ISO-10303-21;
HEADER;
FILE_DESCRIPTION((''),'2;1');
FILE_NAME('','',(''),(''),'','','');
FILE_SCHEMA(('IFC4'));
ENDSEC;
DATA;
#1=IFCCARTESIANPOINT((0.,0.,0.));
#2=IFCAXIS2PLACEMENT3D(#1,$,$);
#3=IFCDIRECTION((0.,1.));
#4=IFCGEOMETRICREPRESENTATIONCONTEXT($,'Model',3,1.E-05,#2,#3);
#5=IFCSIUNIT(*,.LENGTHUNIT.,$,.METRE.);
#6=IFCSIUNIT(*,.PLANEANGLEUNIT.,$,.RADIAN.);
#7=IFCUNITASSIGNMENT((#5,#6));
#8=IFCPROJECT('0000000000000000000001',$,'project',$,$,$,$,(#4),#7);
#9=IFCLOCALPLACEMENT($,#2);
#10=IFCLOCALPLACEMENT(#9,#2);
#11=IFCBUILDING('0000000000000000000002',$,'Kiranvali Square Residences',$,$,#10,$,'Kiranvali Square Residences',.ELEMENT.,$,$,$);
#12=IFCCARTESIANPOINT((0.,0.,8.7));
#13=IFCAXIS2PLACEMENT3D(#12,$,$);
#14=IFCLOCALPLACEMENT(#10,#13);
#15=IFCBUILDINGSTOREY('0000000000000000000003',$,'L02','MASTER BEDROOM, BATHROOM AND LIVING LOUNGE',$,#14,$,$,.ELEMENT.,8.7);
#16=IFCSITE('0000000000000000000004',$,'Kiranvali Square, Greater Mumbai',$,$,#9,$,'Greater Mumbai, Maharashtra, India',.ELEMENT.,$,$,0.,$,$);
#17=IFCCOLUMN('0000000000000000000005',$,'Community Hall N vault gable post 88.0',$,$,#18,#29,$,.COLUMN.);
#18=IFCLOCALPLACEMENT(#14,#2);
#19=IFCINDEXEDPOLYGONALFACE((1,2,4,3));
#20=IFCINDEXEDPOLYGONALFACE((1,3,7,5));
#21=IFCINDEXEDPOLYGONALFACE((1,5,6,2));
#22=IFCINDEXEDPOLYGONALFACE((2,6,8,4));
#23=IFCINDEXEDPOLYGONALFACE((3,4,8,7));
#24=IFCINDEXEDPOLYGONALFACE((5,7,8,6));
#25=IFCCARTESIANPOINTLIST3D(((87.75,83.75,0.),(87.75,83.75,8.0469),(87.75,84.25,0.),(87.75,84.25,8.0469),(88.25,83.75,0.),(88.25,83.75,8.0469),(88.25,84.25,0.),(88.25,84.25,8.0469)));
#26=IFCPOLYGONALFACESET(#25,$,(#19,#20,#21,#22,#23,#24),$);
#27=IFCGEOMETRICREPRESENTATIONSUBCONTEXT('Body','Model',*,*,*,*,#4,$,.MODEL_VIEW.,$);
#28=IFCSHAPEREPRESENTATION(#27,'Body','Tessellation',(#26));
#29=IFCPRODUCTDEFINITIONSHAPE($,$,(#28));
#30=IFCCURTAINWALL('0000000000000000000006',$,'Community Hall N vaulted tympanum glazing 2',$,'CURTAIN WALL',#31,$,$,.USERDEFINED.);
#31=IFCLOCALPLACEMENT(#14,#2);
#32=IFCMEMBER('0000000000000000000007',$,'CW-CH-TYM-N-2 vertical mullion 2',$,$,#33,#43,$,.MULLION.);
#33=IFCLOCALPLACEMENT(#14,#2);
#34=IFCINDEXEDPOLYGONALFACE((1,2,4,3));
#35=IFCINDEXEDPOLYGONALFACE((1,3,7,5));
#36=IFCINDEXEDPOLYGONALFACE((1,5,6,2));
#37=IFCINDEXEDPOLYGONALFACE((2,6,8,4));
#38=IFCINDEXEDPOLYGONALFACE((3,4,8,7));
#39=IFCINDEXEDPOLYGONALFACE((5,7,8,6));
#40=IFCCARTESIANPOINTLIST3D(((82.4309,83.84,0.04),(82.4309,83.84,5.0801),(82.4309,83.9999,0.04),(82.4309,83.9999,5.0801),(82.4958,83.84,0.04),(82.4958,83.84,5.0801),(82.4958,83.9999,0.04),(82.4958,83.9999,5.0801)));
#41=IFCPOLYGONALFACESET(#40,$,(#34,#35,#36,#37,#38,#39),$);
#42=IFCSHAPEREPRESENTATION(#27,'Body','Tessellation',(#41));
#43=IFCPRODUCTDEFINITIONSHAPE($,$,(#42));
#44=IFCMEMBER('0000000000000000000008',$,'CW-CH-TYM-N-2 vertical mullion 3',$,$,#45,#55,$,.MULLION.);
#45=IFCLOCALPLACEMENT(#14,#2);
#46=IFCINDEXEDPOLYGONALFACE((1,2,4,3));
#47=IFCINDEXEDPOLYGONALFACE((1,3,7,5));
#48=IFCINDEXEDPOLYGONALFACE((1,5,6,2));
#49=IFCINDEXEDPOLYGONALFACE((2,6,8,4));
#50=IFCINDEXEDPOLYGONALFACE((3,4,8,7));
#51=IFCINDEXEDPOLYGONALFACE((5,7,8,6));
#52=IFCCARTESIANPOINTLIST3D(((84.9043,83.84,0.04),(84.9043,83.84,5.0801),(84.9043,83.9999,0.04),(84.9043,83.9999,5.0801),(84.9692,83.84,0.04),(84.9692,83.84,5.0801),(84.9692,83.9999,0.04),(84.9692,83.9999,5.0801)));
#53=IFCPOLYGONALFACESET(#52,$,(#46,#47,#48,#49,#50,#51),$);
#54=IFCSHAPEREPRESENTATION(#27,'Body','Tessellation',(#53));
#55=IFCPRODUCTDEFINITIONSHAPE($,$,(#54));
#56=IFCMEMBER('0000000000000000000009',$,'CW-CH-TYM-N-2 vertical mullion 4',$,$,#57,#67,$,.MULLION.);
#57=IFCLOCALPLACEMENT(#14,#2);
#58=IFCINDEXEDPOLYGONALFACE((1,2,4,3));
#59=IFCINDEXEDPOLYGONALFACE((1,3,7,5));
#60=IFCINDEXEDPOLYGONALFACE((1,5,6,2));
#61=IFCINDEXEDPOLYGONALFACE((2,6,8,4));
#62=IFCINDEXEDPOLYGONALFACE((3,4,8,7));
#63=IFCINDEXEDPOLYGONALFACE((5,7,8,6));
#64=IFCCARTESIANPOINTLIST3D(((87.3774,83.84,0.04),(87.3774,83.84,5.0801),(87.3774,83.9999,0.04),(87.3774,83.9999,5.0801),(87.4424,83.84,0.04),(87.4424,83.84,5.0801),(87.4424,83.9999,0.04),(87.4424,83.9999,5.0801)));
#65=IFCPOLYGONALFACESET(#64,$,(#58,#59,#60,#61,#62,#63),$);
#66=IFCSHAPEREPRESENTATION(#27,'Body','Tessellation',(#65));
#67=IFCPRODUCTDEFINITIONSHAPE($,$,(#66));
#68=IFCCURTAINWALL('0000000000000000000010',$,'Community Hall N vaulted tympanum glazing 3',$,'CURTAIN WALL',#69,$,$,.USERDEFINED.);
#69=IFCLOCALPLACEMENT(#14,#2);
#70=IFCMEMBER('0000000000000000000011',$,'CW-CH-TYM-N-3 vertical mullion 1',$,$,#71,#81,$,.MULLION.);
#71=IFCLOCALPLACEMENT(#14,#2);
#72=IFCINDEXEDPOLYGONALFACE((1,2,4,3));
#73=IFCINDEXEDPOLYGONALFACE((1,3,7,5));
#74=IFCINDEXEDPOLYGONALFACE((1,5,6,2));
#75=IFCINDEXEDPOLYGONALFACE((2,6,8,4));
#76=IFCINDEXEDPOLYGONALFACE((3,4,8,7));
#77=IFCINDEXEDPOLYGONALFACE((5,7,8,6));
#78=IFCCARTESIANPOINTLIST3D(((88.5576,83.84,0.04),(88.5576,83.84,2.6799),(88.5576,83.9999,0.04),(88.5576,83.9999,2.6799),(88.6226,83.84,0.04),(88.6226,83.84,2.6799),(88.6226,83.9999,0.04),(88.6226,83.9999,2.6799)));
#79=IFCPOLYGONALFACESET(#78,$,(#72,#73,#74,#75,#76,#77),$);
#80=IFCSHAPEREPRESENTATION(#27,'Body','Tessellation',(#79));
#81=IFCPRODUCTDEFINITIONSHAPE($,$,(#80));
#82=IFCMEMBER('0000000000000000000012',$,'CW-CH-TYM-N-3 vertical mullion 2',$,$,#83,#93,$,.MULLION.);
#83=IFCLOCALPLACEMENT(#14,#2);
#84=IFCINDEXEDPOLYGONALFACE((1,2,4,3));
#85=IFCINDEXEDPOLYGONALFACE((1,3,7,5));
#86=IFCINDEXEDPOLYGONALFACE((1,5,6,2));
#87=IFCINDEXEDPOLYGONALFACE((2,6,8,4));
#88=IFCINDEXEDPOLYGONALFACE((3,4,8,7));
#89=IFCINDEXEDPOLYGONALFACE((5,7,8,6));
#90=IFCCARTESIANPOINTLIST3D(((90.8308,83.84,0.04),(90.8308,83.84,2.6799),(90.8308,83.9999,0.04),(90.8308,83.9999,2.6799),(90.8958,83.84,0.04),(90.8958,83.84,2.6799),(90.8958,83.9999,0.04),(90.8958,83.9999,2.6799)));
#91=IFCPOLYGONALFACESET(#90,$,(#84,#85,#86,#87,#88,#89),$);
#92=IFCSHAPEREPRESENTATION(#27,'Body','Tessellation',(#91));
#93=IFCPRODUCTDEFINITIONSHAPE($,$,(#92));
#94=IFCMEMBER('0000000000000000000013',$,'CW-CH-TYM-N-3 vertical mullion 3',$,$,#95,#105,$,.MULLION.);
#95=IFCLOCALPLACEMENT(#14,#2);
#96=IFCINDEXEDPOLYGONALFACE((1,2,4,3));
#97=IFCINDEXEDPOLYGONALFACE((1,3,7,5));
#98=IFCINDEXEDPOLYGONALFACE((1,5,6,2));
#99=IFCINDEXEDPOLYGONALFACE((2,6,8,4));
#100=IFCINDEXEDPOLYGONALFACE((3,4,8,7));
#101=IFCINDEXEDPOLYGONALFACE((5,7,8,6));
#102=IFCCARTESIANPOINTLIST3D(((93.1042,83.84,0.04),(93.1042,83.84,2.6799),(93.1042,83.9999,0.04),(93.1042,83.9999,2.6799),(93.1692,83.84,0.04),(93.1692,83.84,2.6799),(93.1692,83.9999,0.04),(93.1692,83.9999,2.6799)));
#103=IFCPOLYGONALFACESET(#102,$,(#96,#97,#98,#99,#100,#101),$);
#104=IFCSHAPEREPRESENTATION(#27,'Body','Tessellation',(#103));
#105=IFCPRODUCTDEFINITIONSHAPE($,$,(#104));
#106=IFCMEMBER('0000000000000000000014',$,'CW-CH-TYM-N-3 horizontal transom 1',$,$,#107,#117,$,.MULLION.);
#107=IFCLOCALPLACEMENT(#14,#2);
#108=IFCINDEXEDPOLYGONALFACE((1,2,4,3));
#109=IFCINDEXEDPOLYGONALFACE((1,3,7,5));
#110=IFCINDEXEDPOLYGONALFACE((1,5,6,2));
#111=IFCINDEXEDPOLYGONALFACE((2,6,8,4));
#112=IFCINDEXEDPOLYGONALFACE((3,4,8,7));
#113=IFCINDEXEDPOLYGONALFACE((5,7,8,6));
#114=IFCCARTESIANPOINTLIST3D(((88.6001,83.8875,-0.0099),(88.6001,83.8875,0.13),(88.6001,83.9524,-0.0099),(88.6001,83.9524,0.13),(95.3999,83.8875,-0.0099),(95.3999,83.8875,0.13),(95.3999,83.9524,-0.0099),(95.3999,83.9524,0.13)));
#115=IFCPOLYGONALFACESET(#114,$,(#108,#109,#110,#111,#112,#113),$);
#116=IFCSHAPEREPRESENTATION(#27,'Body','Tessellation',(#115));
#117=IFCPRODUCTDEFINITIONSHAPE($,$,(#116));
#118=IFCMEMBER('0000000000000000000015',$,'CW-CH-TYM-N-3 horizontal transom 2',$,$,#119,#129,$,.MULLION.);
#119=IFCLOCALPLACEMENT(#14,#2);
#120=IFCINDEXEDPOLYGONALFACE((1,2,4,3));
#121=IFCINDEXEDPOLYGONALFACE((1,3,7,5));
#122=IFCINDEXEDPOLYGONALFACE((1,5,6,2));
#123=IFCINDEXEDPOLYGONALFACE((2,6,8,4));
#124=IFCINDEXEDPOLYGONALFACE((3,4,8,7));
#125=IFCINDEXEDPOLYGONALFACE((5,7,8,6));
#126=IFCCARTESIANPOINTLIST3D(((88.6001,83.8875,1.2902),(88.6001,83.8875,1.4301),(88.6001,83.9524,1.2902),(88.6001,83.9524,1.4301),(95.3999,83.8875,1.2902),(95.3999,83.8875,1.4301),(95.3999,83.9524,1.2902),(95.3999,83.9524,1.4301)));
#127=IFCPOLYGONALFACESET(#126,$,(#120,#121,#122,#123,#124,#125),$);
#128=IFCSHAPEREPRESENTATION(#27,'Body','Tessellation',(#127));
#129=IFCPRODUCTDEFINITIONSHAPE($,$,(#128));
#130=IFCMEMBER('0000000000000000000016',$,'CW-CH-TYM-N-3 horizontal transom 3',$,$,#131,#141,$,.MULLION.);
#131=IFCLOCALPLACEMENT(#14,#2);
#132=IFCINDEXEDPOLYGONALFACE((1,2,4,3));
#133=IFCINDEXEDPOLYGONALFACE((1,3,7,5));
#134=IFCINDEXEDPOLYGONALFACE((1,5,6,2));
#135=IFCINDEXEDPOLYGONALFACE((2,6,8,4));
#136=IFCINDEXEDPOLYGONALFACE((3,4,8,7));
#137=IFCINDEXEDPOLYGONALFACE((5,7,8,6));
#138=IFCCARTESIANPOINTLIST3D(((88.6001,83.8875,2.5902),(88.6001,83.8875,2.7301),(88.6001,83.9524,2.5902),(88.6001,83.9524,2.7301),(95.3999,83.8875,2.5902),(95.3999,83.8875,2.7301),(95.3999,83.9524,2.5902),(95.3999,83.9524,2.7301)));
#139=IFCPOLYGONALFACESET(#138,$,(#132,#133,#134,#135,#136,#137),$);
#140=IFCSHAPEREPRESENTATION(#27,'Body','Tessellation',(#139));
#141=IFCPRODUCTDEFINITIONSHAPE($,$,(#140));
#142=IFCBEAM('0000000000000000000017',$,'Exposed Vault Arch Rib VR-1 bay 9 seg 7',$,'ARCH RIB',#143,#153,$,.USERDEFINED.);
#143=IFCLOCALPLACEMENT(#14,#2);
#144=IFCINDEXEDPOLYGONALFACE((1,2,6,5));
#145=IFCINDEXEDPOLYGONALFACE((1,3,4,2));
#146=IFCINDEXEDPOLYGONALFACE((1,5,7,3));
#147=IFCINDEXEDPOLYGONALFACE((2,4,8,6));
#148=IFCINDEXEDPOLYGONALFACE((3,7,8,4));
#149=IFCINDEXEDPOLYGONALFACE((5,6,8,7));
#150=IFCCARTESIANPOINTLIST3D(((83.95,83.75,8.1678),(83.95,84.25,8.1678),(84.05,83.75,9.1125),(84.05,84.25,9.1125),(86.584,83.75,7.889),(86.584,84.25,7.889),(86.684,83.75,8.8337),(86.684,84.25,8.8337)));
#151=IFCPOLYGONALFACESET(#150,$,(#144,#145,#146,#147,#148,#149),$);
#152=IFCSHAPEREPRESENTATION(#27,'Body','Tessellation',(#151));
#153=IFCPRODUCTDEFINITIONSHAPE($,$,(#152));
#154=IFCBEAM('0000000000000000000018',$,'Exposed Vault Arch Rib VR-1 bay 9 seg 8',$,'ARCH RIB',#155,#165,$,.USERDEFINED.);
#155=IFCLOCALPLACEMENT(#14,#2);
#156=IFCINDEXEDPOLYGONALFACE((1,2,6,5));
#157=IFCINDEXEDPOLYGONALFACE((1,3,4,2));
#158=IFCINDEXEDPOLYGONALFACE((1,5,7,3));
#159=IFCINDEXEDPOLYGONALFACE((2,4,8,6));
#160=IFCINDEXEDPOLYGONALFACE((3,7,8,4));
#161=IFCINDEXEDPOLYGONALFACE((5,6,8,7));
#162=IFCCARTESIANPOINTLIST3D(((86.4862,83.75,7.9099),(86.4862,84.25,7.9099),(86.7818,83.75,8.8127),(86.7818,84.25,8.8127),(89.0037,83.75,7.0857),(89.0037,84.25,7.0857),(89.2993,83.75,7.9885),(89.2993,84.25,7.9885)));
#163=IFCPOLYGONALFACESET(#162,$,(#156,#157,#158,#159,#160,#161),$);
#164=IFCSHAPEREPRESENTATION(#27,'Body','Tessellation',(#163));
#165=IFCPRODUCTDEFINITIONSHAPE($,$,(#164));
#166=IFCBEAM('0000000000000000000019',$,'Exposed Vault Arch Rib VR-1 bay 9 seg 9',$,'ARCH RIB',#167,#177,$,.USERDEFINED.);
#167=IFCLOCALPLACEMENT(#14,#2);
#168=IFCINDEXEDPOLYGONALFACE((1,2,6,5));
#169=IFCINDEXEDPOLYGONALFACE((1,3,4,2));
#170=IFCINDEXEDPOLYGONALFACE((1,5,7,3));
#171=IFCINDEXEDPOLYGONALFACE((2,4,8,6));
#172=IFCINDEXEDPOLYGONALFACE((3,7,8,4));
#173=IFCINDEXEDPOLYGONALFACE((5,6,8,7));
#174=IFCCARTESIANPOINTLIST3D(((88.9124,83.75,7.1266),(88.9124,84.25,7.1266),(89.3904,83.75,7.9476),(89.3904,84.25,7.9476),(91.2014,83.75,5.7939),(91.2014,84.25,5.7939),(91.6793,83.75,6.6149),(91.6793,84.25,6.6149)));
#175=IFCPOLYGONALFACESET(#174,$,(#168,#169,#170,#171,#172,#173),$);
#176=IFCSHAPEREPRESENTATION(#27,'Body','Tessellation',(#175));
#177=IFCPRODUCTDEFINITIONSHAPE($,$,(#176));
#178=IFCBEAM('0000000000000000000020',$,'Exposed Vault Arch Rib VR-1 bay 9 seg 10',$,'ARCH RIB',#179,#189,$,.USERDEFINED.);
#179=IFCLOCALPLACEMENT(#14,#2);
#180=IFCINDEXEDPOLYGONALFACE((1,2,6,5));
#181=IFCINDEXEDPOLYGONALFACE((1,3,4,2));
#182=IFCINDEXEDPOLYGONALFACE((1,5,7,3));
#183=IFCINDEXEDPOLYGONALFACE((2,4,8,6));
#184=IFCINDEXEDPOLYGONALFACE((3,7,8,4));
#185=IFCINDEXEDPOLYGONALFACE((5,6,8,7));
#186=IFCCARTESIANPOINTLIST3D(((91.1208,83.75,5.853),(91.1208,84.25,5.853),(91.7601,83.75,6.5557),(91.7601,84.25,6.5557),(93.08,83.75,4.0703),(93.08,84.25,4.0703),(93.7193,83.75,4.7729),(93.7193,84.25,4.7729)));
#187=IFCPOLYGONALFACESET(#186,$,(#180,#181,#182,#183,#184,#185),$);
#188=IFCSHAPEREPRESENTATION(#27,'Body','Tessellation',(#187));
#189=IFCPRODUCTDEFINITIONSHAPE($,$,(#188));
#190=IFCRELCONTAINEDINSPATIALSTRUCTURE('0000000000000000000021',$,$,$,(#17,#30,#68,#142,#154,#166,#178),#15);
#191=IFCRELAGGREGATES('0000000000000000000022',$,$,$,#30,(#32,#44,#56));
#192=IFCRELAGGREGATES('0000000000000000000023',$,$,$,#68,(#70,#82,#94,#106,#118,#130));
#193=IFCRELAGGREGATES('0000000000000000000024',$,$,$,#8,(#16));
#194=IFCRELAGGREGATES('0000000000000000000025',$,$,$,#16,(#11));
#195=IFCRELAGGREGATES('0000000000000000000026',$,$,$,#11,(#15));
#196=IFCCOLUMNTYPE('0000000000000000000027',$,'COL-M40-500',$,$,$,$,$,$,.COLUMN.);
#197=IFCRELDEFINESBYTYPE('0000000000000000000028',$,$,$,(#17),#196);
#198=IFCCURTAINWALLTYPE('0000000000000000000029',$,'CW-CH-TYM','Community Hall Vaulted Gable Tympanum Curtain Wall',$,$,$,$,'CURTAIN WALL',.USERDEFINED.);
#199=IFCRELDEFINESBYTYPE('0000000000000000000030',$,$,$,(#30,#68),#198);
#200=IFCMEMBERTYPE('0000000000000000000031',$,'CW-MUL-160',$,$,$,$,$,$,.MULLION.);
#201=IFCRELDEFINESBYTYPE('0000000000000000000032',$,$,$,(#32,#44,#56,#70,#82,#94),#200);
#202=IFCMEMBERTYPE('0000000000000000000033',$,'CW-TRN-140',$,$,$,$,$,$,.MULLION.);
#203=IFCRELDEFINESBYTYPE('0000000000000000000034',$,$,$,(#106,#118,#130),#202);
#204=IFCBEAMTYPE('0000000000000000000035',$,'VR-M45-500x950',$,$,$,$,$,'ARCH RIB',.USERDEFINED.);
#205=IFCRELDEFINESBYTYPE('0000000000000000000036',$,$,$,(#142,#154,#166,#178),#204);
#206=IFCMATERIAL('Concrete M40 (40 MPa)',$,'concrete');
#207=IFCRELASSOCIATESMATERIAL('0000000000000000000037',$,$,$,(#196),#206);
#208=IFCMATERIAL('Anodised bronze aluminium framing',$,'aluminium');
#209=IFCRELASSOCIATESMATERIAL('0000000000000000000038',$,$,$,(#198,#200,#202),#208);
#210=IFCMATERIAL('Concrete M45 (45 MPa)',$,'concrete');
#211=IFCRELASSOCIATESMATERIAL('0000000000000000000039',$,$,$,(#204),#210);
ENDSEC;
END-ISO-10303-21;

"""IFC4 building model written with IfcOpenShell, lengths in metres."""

from ifc_helpers import new_model, si_unit, direction, frame, origin, origin_2d, place, context, subcontext, project, spatial, rectangle, extrude, material, material_profile, profile_set, type_object, element, aggregate, save


model = new_model("IFC4")

# Units and contexts
model_context = context("Model", 3, precision=1e-05, world=origin(), true_north=direction((0.0, 1.0)))
body_context = subcontext(model_context, "Body", "Model", "MODEL_VIEW")
ifc_project = project(units=[si_unit("LENGTHUNIT", "METRE"), si_unit("PLANEANGLEUNIT", "RADIAN")], contexts=[model_context])

# Site, building, storey
site_placement = place(None, origin())
site = spatial("IfcSite", under=ifc_project, at=site_placement, Name="Kiranvali Square, Greater Mumbai", LongName="Greater Mumbai, Maharashtra, India", CompositionType="ELEMENT", RefElevation=0.0)
building_placement = place(site_placement, origin())
building = spatial("IfcBuilding", under=site, at=building_placement, Name="Kiranvali Square Residences", LongName="Kiranvali Square Residences", CompositionType="ELEMENT")
storey_placement = place(building_placement, frame((0.0, 0.0, 8.7)))
storey = spatial("IfcBuildingStorey", under=building, at=storey_placement, Name="L02", Description="MASTER BEDROOM, BATHROOM AND LIVING LOUNGE", CompositionType="ELEMENT", Elevation=8.7)

# Column
ifc_material_1 = material(Name="Concrete M40 (40 MPa)", Category="concrete")
ifc_material_profile_1 = material_profile(ifc_material_1, rectangle(XDim=0.5, YDim=0.5, at=origin_2d()), Name="RC 500x500")
ifc_profile_set_1 = profile_set([ifc_material_profile_1], Name="Concrete M40 (40 MPa)")
column_type = type_object("IfcColumnType", Name="COL-M40-500", PredefinedType="COLUMN", material=ifc_profile_set_1)
column_placement = place(storey_placement, frame((88.0, 84.0, 0.0), z_axis=(0.0, 0.0, 1.0), x_axis=(1.0, 0.0, 0.0)))
element("IfcColumn", 1, at=column_placement, inside=storey, type_object=column_type, Name="Community Hall N vault gable post 88.0", PredefinedType="COLUMN", context=body_context, shape_type="SweptSolid", body=[
    extrude(rectangle(XDim=0.5, YDim=0.5, at=origin_2d()), origin(), (0.0, 0.0, 1.0), 8.0469),
])

# Curtain walls, members
ifc_material_2 = material(Name="Anodised bronze aluminium framing", Category="aluminium")
curtain_wall_type = type_object("IfcCurtainWallType", Name="CW-CH-TYM", Description="Community Hall Vaulted Gable Tympanum Curtain Wall", ElementType="CURTAIN WALL", PredefinedType="USERDEFINED", material=ifc_material_2)
curtain_wall_1_placement = place(storey_placement, origin())
curtain_wall_1 = element("IfcCurtainWall", 2, at=curtain_wall_1_placement, inside=storey, type_object=curtain_wall_type, Name="Community Hall N vaulted tympanum glazing 2", ObjectType="CURTAIN WALL", PredefinedType="USERDEFINED")
ifc_material_profile_2 = material_profile(ifc_material_2, rectangle(XDim=0.0649, YDim=0.1599, at=origin_2d()), Name="ALU 65x160")
ifc_profile_set_2 = profile_set([ifc_material_profile_2], Name="Anodised bronze aluminium framing")
member_type_1 = type_object("IfcMemberType", Name="CW-MUL-160", PredefinedType="MULLION", material=ifc_profile_set_2)
member_1_placement = place(storey_placement, frame((82.4634, 83.9199, 0.04), z_axis=(0.0, 0.0, 1.0), x_axis=(1.0, 0.0, 0.0)))
member_1 = element("IfcMember", 3, at=member_1_placement, type_object=member_type_1, Name="CW-CH-TYM-N-2 vertical mullion 2", PredefinedType="MULLION", context=body_context, shape_type="SweptSolid", body=[
    extrude(rectangle(XDim=0.0649, YDim=0.1599, at=origin_2d()), origin(), (0.0, 0.0, 1.0), 5.04),
])
member_2_placement = place(storey_placement, frame((84.9368, 83.9199, 0.04), z_axis=(0.0, 0.0, 1.0), x_axis=(1.0, 0.0, 0.0)))
member_2 = element("IfcMember", 4, at=member_2_placement, type_object=member_type_1, Name="CW-CH-TYM-N-2 vertical mullion 3", PredefinedType="MULLION", context=body_context, shape_type="SweptSolid", body=[
    extrude(rectangle(XDim=0.0649, YDim=0.1599, at=origin_2d()), origin(), (0.0, 0.0, 1.0), 5.04),
])
member_3_placement = place(storey_placement, frame((87.4099, 83.9199, 0.04), z_axis=(0.0, 0.0, 1.0), x_axis=(1.0, 0.0, 0.0)))
member_3 = element("IfcMember", 5, at=member_3_placement, type_object=member_type_1, Name="CW-CH-TYM-N-2 vertical mullion 4", PredefinedType="MULLION", context=body_context, shape_type="SweptSolid", body=[
    extrude(rectangle(XDim=0.0649, YDim=0.1599, at=origin_2d()), origin(), (0.0, 0.0, 1.0), 5.04),
])
curtain_wall_2_placement = place(storey_placement, origin())
curtain_wall_2 = element("IfcCurtainWall", 6, at=curtain_wall_2_placement, inside=storey, type_object=curtain_wall_type, Name="Community Hall N vaulted tympanum glazing 3", ObjectType="CURTAIN WALL", PredefinedType="USERDEFINED")
member_4_placement = place(storey_placement, frame((88.5901, 83.9199, 0.04), z_axis=(0.0, 0.0, 1.0), x_axis=(1.0, 0.0, 0.0)))
member_4 = element("IfcMember", 7, at=member_4_placement, type_object=member_type_1, Name="CW-CH-TYM-N-3 vertical mullion 1", PredefinedType="MULLION", context=body_context, shape_type="SweptSolid", body=[
    extrude(rectangle(XDim=0.0649, YDim=0.1599, at=origin_2d()), origin(), (0.0, 0.0, 1.0), 2.6399),
])
member_5_placement = place(storey_placement, frame((90.8633, 83.9199, 0.04), z_axis=(0.0, 0.0, 1.0), x_axis=(1.0, 0.0, 0.0)))
member_5 = element("IfcMember", 8, at=member_5_placement, type_object=member_type_1, Name="CW-CH-TYM-N-3 vertical mullion 2", PredefinedType="MULLION", context=body_context, shape_type="SweptSolid", body=[
    extrude(rectangle(XDim=0.0649, YDim=0.1599, at=origin_2d()), origin(), (0.0, 0.0, 1.0), 2.6399),
])
member_6_placement = place(storey_placement, frame((93.1367, 83.9199, 0.04), z_axis=(0.0, 0.0, 1.0), x_axis=(1.0, 0.0, 0.0)))
member_6 = element("IfcMember", 9, at=member_6_placement, type_object=member_type_1, Name="CW-CH-TYM-N-3 vertical mullion 3", PredefinedType="MULLION", context=body_context, shape_type="SweptSolid", body=[
    extrude(rectangle(XDim=0.0649, YDim=0.1599, at=origin_2d()), origin(), (0.0, 0.0, 1.0), 2.6399),
])
ifc_material_profile_3 = material_profile(ifc_material_2, rectangle(XDim=0.0649, YDim=0.1399, at=origin_2d()), Name="ALU 65x140")
ifc_profile_set_3 = profile_set([ifc_material_profile_3], Name="Anodised bronze aluminium framing")
member_type_2 = type_object("IfcMemberType", Name="CW-TRN-140", PredefinedType="MULLION", material=ifc_profile_set_3)
member_7_placement = place(storey_placement, frame((88.6001, 83.9199, 0.0601), z_axis=(1.0, 0.0, 0.0), x_axis=(0.0, 1.0, 0.0)))
member_7 = element("IfcMember", 10, at=member_7_placement, type_object=member_type_2, Name="CW-CH-TYM-N-3 horizontal transom 1", PredefinedType="MULLION", context=body_context, shape_type="SweptSolid", body=[
    extrude(rectangle(XDim=0.0649, YDim=0.1399, at=origin_2d()), origin(), (0.0, 0.0, 1.0), 6.7998),
])
member_8_placement = place(storey_placement, frame((88.6001, 83.9199, 1.3601), z_axis=(1.0, 0.0, 0.0), x_axis=(0.0, 1.0, 0.0)))
member_8 = element("IfcMember", 11, at=member_8_placement, type_object=member_type_2, Name="CW-CH-TYM-N-3 horizontal transom 2", PredefinedType="MULLION", context=body_context, shape_type="SweptSolid", body=[
    extrude(rectangle(XDim=0.0649, YDim=0.1399, at=origin_2d()), origin(), (0.0, 0.0, 1.0), 6.7998),
])
member_9_placement = place(storey_placement, frame((88.6001, 83.9199, 2.6602), z_axis=(1.0, 0.0, 0.0), x_axis=(0.0, 1.0, 0.0)))
member_9 = element("IfcMember", 12, at=member_9_placement, type_object=member_type_2, Name="CW-CH-TYM-N-3 horizontal transom 3", PredefinedType="MULLION", context=body_context, shape_type="SweptSolid", body=[
    extrude(rectangle(XDim=0.0649, YDim=0.1399, at=origin_2d()), origin(), (0.0, 0.0, 1.0), 6.7998),
])

# Beams
ifc_material_3 = material(Name="Concrete M45 (45 MPa)", Category="concrete")
ifc_material_profile_4 = material_profile(ifc_material_3, rectangle(XDim=0.5, YDim=0.95, at=origin_2d()), Name="RC 500x950")
ifc_profile_set_4 = profile_set([ifc_material_profile_4], Name="Concrete M45 (45 MPa)")
beam_type = type_object("IfcBeamType", Name="VR-M45-500x950", ElementType="ARCH RIB", PredefinedType="USERDEFINED", material=ifc_profile_set_4)
beam_1_placement = place(storey_placement, frame((84.0, 84.0, 8.6401), z_axis=(0.994445, 0.0, -0.105261), x_axis=(0.0, 1.0, 0.0)))
element("IfcBeam", 13, at=beam_1_placement, inside=storey, type_object=beam_type, Name="Exposed Vault Arch Rib VR-1 bay 9 seg 7", ObjectType="ARCH RIB", PredefinedType="USERDEFINED", context=body_context, shape_type="SweptSolid", body=[
    extrude(rectangle(XDim=0.5, YDim=0.95, at=origin_2d()), origin(), (0.0, 0.0, 1.0), 2.6487),
])
beam_2_placement = place(storey_placement, frame((86.634, 84.0, 8.3613), z_axis=(0.950356, 0.0, -0.311163), x_axis=(0.0, 1.0, 0.0)))
element("IfcBeam", 14, at=beam_2_placement, inside=storey, type_object=beam_type, Name="Exposed Vault Arch Rib VR-1 bay 9 seg 8", ObjectType="ARCH RIB", PredefinedType="USERDEFINED", context=body_context, shape_type="SweptSolid", body=[
    extrude(rectangle(XDim=0.5, YDim=0.95, at=origin_2d()), origin(), (0.0, 0.0, 1.0), 2.6489),
])
beam_3_placement = place(storey_placement, frame((89.1514, 84.0, 7.5371), z_axis=(0.864193, 0.0, -0.50316), x_axis=(0.0, 1.0, 0.0)))
element("IfcBeam", 15, at=beam_3_placement, inside=storey, type_object=beam_type, Name="Exposed Vault Arch Rib VR-1 bay 9 seg 9", ObjectType="ARCH RIB", PredefinedType="USERDEFINED", context=body_context, shape_type="SweptSolid", body=[
    extrude(rectangle(XDim=0.5, YDim=0.95, at=origin_2d()), origin(), (0.0, 0.0, 1.0), 2.6487),
])
beam_4_placement = place(storey_placement, frame((91.4404, 84.0, 6.2043), z_axis=(0.73964, 0.0, -0.673003), x_axis=(0.0, 1.0, 0.0)))
element("IfcBeam", 16, at=beam_4_placement, inside=storey, type_object=beam_type, Name="Exposed Vault Arch Rib VR-1 bay 9 seg 10", ObjectType="ARCH RIB", PredefinedType="USERDEFINED", context=body_context, shape_type="SweptSolid", body=[
    extrude(rectangle(XDim=0.5, YDim=0.95, at=origin_2d()), origin(), (0.0, 0.0, 1.0), 2.6489),
])

aggregate(curtain_wall_1, [member_1, member_2, member_3])
aggregate(curtain_wall_2, [member_4, member_5, member_6, member_7, member_8, member_9])

save(model, "model.ifc")
